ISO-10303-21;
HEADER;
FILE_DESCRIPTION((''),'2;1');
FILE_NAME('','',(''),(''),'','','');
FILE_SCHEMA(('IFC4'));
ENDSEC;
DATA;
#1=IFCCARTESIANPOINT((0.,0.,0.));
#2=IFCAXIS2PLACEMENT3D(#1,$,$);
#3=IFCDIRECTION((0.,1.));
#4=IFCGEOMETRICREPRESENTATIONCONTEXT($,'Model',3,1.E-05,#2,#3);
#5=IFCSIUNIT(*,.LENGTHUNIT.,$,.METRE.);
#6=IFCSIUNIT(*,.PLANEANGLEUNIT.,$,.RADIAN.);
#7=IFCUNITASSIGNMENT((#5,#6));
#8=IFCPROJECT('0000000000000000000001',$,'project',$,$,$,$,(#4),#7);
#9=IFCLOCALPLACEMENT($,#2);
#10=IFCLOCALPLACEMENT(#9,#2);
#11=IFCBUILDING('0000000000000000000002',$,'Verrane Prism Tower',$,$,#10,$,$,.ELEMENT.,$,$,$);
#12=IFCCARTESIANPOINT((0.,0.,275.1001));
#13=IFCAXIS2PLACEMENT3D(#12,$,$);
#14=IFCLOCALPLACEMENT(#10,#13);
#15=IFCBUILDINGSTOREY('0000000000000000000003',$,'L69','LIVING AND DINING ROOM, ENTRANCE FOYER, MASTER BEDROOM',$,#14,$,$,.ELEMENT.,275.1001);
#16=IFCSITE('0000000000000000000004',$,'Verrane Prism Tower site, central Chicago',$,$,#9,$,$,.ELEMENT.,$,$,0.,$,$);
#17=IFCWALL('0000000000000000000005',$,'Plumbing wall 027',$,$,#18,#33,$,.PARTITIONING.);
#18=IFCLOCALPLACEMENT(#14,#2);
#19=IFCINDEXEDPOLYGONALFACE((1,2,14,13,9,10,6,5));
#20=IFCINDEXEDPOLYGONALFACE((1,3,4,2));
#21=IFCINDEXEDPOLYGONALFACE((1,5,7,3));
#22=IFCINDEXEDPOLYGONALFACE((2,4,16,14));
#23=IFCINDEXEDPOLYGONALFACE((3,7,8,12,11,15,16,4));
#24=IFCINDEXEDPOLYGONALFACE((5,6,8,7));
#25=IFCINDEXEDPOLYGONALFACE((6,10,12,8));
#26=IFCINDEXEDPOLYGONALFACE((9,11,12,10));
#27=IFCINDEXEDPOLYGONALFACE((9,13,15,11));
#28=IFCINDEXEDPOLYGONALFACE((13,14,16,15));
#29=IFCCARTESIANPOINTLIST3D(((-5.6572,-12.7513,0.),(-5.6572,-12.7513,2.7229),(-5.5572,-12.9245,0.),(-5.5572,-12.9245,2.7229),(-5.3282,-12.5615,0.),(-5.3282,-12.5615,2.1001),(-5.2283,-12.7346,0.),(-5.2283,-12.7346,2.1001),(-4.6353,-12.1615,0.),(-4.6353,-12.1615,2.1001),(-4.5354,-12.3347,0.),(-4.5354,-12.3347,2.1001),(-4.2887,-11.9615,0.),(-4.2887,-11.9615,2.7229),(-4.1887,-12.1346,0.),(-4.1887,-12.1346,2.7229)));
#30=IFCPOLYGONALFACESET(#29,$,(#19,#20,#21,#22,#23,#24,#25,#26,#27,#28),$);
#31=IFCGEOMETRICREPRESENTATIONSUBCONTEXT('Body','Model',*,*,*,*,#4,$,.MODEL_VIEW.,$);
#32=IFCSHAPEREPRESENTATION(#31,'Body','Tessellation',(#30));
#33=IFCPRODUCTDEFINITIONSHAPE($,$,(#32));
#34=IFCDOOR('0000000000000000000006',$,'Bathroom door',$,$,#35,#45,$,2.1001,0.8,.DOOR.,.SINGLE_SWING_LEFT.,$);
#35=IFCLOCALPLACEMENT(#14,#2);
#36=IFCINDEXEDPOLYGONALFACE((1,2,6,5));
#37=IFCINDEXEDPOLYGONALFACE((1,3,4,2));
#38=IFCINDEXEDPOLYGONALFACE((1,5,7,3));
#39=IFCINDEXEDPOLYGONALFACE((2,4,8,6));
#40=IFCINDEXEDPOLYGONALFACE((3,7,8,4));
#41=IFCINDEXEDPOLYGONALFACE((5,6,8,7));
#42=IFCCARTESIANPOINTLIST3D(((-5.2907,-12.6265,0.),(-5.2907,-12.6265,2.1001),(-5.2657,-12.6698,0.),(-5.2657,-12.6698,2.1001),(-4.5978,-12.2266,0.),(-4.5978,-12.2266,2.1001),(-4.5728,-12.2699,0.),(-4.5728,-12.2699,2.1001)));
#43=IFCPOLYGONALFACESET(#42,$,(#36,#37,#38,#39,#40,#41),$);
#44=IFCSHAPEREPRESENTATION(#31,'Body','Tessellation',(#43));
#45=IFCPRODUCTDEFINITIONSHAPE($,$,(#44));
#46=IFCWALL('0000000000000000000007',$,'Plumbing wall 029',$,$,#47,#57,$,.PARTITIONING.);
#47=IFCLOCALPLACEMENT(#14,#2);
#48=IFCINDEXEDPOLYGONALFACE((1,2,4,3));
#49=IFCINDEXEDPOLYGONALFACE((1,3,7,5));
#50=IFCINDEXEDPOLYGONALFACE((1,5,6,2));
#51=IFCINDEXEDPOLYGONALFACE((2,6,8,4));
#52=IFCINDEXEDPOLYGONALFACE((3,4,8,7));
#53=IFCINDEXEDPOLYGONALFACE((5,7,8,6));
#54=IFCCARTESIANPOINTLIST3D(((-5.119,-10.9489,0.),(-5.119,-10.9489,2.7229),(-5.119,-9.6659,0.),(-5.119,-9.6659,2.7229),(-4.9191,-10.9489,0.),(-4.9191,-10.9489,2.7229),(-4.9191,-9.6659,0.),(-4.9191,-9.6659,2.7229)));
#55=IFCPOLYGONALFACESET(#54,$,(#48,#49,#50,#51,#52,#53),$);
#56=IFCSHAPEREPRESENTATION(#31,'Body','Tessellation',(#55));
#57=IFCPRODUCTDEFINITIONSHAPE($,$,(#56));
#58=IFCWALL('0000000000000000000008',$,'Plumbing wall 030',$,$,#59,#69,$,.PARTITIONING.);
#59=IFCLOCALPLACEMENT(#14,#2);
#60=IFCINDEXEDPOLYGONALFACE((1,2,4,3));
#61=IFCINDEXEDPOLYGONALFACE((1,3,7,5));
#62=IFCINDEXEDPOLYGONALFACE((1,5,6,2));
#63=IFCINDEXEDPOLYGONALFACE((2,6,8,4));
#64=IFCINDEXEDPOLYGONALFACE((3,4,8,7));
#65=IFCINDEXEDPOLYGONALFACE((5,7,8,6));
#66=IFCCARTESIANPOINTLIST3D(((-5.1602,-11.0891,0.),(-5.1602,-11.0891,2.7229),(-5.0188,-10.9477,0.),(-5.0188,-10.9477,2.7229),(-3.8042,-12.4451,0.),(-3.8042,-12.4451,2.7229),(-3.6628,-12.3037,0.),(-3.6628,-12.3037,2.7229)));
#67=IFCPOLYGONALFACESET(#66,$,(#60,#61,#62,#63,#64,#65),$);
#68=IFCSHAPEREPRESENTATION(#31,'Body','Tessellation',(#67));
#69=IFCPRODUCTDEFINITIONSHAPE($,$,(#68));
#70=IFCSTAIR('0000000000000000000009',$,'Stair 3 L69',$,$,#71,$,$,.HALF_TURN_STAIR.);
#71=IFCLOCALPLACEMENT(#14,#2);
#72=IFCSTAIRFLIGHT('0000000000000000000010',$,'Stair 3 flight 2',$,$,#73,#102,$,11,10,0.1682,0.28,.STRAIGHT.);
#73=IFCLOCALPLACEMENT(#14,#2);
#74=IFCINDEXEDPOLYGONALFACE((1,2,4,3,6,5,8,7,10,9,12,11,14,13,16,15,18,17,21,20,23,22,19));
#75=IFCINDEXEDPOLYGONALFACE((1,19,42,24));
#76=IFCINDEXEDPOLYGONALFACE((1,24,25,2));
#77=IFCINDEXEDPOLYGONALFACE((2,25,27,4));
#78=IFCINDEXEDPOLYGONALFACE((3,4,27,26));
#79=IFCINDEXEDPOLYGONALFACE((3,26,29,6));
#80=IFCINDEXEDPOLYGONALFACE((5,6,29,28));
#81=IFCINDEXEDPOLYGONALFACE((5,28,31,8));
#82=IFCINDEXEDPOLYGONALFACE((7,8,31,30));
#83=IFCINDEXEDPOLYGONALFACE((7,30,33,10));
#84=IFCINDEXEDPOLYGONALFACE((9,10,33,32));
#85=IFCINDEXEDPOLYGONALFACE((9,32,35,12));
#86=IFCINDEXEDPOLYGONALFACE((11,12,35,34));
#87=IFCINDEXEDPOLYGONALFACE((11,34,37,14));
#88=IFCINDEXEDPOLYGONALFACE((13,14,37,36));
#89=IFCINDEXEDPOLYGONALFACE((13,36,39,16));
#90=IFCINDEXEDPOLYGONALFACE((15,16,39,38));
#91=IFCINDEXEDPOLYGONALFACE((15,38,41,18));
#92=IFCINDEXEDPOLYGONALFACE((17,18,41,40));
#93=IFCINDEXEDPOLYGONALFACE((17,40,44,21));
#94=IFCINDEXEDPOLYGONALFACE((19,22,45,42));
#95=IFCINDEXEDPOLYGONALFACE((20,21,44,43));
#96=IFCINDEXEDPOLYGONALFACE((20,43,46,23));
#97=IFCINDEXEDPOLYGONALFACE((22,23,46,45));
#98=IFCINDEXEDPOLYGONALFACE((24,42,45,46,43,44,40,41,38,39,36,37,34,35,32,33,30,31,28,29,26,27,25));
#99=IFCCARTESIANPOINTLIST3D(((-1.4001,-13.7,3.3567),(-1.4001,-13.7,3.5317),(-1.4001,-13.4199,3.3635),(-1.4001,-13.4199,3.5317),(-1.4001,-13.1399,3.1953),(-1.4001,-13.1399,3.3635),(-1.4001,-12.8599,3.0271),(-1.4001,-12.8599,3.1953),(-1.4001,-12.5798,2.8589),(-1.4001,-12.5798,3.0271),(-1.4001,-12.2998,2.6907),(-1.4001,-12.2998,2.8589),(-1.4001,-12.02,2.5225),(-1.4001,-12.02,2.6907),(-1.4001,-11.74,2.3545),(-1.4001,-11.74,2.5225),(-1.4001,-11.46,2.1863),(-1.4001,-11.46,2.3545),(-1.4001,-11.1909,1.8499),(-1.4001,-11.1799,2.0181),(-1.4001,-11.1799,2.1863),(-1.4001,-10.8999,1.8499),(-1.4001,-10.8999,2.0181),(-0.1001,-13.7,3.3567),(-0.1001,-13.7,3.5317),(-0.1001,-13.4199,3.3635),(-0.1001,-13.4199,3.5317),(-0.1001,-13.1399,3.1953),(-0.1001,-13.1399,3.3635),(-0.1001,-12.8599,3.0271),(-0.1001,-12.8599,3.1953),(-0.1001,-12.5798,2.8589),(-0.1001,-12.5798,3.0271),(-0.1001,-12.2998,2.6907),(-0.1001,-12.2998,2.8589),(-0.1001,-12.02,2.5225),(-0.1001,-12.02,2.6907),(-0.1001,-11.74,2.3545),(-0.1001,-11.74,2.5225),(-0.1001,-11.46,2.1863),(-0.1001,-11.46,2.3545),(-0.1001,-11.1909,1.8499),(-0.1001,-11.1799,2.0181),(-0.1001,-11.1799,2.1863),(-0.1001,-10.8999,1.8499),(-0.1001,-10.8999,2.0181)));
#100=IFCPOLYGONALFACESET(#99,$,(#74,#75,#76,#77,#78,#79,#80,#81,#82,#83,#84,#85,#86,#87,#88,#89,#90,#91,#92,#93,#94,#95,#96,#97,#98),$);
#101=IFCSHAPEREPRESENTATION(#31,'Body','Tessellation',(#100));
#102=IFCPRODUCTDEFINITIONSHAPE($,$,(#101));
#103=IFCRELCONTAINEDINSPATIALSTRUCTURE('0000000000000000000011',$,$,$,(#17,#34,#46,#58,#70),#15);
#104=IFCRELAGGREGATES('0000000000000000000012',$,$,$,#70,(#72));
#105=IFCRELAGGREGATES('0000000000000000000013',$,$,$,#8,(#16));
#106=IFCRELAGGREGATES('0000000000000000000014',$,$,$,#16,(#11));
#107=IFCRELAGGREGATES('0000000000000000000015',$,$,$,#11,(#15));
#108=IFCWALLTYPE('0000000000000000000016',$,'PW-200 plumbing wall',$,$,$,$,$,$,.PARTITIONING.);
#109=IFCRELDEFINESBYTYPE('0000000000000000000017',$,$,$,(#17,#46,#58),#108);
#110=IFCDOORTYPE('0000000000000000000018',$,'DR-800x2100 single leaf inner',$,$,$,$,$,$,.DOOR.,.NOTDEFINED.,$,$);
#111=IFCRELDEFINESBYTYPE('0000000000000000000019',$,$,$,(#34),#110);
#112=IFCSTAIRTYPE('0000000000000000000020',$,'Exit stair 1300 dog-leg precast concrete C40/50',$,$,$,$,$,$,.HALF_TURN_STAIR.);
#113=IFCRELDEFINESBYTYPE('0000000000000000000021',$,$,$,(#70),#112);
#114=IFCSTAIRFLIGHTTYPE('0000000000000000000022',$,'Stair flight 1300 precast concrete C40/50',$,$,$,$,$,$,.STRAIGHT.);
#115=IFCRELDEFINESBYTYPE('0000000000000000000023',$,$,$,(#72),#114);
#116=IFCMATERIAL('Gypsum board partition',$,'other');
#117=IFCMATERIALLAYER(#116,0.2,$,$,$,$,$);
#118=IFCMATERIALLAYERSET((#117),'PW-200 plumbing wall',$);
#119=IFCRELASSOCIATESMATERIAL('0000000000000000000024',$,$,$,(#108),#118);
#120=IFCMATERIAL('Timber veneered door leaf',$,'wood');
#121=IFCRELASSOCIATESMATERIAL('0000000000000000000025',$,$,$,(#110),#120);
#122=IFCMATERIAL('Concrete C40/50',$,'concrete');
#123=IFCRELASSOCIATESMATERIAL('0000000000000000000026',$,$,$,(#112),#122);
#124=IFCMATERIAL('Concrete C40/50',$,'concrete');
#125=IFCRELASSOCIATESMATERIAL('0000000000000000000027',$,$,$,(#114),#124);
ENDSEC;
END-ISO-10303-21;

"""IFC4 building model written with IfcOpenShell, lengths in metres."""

from ifc_helpers import new_model, si_unit, direction, frame, frame_2d, origin, place, context, subcontext, project, spatial, polyline, rectangle, outline, extrude, material, layer, layer_set, type_object, element, fill, aggregate, save


model = new_model("IFC4")

# Units and contexts
model_context = context("Model", 3, precision=1e-05, world=origin(), true_north=direction((0.0, 1.0)))
body_context = subcontext(model_context, "Body", "Model", "MODEL_VIEW")
ifc_project = project(units=[si_unit("LENGTHUNIT", "METRE"), si_unit("PLANEANGLEUNIT", "RADIAN")], contexts=[model_context])

# Site, building, storey
site_placement = place(None, origin())
site = spatial("IfcSite", under=ifc_project, at=site_placement, Name="Verrane Prism Tower site, central Chicago", CompositionType="ELEMENT", RefElevation=0.0)
building_placement = place(site_placement, origin())
building = spatial("IfcBuilding", under=site, at=building_placement, Name="Verrane Prism Tower", CompositionType="ELEMENT")
storey_placement = place(building_placement, frame((0.0, 0.0, 275.1001)))
storey = spatial("IfcBuildingStorey", under=building, at=storey_placement, Name="L69", Description="LIVING AND DINING ROOM, ENTRANCE FOYER, MASTER BEDROOM", CompositionType="ELEMENT", Elevation=275.1001)

# Shared definitions
ifc_material_1 = material(Name="Gypsum board partition", Category="other")
ifc_layer_1 = layer(ifc_material_1, 0.2)
ifc_layer_set_1 = layer_set([ifc_layer_1], Name="PW-200 plumbing wall")
wall_type_1 = type_object("IfcWallType", Name="PW-200 plumbing wall", PredefinedType="PARTITIONING", material=ifc_layer_set_1)

# Wall, opening, door
wall_1_placement = place(storey_placement, frame((-5.6072, -12.8379, 0.0), z_axis=(0.0, 0.0, 1.0), x_axis=(0.866096, 0.499879, 0.0)))
wall_1 = element("IfcWall", 1, at=wall_1_placement, inside=storey, type_object=wall_type_1, Name="Plumbing wall 027", PredefinedType="PARTITIONING", context=body_context, shape_type="SweptSolid", body=[
    extrude(rectangle(XDim=1.5801, YDim=0.2, at=frame_2d((0.79, 0.0))), origin(), (0.0, 0.0, 1.0), 2.7229),
])
opening_1_placement = place(wall_1_placement, frame((0.3799, 0.0, 0.0)))
opening_1 = element("IfcOpeningElement", 2, at=opening_1_placement, cuts=wall_1, PredefinedType="OPENING", context=body_context, shape_type="SweptSolid", body=[
    extrude(rectangle(XDim=0.8, YDim=2.1001, at=frame_2d((0.3999, 1.05))), frame((0.0, 0.1099, 0.0), z_axis=(0.0, -1.0, 0.0), x_axis=(1.0, 0.0, 0.0)), (0.0, 0.0, 1.0), 0.22),
])
ifc_material_2 = material(Name="Timber veneered door leaf", Category="wood")
door_type_1 = type_object("IfcDoorType", Name="DR-800x2100 single leaf inner", OperationType="NOTDEFINED", PredefinedType="DOOR", material=ifc_material_2)
door_1_placement = place(opening_1_placement, origin())
door_1 = element("IfcDoor", 3, at=door_1_placement, inside=storey, type_object=door_type_1, Name="Bathroom door", OperationType="SINGLE_SWING_LEFT", OverallHeight=2.1001, OverallWidth=0.8, PredefinedType="DOOR", context=body_context, shape_type="SweptSolid", body=[
    extrude(rectangle(XDim=0.8, YDim=2.1001, at=frame_2d((0.3999, 1.05))), frame((0.0, 0.0249, 0.0), z_axis=(0.0, -1.0, 0.0), x_axis=(1.0, 0.0, 0.0)), (0.0, 0.0, 1.0), 0.05),
])
fill(opening_1, door_1)

# Walls
wall_2_placement = place(storey_placement, frame((-5.019, -10.949, 0.0), z_axis=(0.0, 0.0, 1.0), x_axis=(0.0, 1.0, 0.0)))
element("IfcWall", 4, at=wall_2_placement, inside=storey, type_object=wall_type_1, Name="Plumbing wall 029", PredefinedType="PARTITIONING", context=body_context, shape_type="SweptSolid", body=[
    extrude(rectangle(XDim=1.283, YDim=0.2, at=frame_2d((0.6416, 0.0))), origin(), (0.0, 0.0, 1.0), 2.7229),
])
wall_3_placement = place(storey_placement, frame((-5.0896, -11.0183, 0.0), z_axis=(0.0, 0.0, 1.0), x_axis=(0.707107, -0.707107, 0.0)))
element("IfcWall", 5, at=wall_3_placement, inside=storey, type_object=wall_type_1, Name="Plumbing wall 030", PredefinedType="PARTITIONING", context=body_context, shape_type="SweptSolid", body=[
    extrude(rectangle(XDim=1.9177, YDim=0.2, at=frame_2d((0.959, 0.0))), origin(), (0.0, 0.0, 1.0), 2.7229),
])

# Stair, stair flight
ifc_material_3 = material(Name="Concrete C40/50", Category="concrete")
stair_type = type_object("IfcStairType", Name="Exit stair 1300 dog-leg precast concrete C40/50", PredefinedType="HALF_TURN_STAIR", material=ifc_material_3)
stair_placement = place(storey_placement, origin())
stair = element("IfcStair", 6, at=stair_placement, inside=storey, type_object=stair_type, Name="Stair 3 L69", PredefinedType="HALF_TURN_STAIR")
ifc_material_4 = material(Name="Concrete C40/50", Category="concrete")
stair_flight_type = type_object("IfcStairFlightType", Name="Stair flight 1300 precast concrete C40/50", PredefinedType="STRAIGHT", material=ifc_material_4)
stair_flight_placement = place(storey_placement, frame((-0.75, -10.8999, 1.8499), z_axis=(0.0, 0.0, 1.0), x_axis=(0.0, -1.0, 0.0)))
stair_flight = element("IfcStairFlight", 7, at=stair_flight_placement, type_object=stair_flight_type, Name="Stair 3 flight 2", NumberOfRisers=11, NumberOfTreads=10, PredefinedType="STRAIGHT", RiserHeight=0.1682, TreadLength=0.28, context=body_context, shape_type="SweptSolid", body=[
    extrude(outline(polyline([(0.0, 0.0), (0.0, 0.1682), (0.28, 0.1682), (0.28, 0.3364), (0.5601, 0.3364), (0.5601, 0.5046), (0.8401, 0.5046), (0.8401, 0.6726), (1.1201, 0.6726), (1.1201, 0.8408), (1.3999, 0.8408), (1.3999, 1.009), (1.6799, 1.009), (1.6799, 1.1772), (1.96, 1.1772), (1.96, 1.3455), (2.24, 1.3455), (2.24, 1.5137), (2.52, 1.5137), (2.52, 1.6819), (2.8, 1.6819), (2.8, 1.8501), (2.8, 1.5068), (0.291, 0.0), (0.0, 0.0)])), frame((0.0, 0.6499, 0.0), z_axis=(0.0, -1.0, 0.0), x_axis=(1.0, 0.0, 0.0)), (0.0, 0.0, 1.0), 1.3),
])
aggregate(stair, [stair_flight])

save(model, "model.ifc")
